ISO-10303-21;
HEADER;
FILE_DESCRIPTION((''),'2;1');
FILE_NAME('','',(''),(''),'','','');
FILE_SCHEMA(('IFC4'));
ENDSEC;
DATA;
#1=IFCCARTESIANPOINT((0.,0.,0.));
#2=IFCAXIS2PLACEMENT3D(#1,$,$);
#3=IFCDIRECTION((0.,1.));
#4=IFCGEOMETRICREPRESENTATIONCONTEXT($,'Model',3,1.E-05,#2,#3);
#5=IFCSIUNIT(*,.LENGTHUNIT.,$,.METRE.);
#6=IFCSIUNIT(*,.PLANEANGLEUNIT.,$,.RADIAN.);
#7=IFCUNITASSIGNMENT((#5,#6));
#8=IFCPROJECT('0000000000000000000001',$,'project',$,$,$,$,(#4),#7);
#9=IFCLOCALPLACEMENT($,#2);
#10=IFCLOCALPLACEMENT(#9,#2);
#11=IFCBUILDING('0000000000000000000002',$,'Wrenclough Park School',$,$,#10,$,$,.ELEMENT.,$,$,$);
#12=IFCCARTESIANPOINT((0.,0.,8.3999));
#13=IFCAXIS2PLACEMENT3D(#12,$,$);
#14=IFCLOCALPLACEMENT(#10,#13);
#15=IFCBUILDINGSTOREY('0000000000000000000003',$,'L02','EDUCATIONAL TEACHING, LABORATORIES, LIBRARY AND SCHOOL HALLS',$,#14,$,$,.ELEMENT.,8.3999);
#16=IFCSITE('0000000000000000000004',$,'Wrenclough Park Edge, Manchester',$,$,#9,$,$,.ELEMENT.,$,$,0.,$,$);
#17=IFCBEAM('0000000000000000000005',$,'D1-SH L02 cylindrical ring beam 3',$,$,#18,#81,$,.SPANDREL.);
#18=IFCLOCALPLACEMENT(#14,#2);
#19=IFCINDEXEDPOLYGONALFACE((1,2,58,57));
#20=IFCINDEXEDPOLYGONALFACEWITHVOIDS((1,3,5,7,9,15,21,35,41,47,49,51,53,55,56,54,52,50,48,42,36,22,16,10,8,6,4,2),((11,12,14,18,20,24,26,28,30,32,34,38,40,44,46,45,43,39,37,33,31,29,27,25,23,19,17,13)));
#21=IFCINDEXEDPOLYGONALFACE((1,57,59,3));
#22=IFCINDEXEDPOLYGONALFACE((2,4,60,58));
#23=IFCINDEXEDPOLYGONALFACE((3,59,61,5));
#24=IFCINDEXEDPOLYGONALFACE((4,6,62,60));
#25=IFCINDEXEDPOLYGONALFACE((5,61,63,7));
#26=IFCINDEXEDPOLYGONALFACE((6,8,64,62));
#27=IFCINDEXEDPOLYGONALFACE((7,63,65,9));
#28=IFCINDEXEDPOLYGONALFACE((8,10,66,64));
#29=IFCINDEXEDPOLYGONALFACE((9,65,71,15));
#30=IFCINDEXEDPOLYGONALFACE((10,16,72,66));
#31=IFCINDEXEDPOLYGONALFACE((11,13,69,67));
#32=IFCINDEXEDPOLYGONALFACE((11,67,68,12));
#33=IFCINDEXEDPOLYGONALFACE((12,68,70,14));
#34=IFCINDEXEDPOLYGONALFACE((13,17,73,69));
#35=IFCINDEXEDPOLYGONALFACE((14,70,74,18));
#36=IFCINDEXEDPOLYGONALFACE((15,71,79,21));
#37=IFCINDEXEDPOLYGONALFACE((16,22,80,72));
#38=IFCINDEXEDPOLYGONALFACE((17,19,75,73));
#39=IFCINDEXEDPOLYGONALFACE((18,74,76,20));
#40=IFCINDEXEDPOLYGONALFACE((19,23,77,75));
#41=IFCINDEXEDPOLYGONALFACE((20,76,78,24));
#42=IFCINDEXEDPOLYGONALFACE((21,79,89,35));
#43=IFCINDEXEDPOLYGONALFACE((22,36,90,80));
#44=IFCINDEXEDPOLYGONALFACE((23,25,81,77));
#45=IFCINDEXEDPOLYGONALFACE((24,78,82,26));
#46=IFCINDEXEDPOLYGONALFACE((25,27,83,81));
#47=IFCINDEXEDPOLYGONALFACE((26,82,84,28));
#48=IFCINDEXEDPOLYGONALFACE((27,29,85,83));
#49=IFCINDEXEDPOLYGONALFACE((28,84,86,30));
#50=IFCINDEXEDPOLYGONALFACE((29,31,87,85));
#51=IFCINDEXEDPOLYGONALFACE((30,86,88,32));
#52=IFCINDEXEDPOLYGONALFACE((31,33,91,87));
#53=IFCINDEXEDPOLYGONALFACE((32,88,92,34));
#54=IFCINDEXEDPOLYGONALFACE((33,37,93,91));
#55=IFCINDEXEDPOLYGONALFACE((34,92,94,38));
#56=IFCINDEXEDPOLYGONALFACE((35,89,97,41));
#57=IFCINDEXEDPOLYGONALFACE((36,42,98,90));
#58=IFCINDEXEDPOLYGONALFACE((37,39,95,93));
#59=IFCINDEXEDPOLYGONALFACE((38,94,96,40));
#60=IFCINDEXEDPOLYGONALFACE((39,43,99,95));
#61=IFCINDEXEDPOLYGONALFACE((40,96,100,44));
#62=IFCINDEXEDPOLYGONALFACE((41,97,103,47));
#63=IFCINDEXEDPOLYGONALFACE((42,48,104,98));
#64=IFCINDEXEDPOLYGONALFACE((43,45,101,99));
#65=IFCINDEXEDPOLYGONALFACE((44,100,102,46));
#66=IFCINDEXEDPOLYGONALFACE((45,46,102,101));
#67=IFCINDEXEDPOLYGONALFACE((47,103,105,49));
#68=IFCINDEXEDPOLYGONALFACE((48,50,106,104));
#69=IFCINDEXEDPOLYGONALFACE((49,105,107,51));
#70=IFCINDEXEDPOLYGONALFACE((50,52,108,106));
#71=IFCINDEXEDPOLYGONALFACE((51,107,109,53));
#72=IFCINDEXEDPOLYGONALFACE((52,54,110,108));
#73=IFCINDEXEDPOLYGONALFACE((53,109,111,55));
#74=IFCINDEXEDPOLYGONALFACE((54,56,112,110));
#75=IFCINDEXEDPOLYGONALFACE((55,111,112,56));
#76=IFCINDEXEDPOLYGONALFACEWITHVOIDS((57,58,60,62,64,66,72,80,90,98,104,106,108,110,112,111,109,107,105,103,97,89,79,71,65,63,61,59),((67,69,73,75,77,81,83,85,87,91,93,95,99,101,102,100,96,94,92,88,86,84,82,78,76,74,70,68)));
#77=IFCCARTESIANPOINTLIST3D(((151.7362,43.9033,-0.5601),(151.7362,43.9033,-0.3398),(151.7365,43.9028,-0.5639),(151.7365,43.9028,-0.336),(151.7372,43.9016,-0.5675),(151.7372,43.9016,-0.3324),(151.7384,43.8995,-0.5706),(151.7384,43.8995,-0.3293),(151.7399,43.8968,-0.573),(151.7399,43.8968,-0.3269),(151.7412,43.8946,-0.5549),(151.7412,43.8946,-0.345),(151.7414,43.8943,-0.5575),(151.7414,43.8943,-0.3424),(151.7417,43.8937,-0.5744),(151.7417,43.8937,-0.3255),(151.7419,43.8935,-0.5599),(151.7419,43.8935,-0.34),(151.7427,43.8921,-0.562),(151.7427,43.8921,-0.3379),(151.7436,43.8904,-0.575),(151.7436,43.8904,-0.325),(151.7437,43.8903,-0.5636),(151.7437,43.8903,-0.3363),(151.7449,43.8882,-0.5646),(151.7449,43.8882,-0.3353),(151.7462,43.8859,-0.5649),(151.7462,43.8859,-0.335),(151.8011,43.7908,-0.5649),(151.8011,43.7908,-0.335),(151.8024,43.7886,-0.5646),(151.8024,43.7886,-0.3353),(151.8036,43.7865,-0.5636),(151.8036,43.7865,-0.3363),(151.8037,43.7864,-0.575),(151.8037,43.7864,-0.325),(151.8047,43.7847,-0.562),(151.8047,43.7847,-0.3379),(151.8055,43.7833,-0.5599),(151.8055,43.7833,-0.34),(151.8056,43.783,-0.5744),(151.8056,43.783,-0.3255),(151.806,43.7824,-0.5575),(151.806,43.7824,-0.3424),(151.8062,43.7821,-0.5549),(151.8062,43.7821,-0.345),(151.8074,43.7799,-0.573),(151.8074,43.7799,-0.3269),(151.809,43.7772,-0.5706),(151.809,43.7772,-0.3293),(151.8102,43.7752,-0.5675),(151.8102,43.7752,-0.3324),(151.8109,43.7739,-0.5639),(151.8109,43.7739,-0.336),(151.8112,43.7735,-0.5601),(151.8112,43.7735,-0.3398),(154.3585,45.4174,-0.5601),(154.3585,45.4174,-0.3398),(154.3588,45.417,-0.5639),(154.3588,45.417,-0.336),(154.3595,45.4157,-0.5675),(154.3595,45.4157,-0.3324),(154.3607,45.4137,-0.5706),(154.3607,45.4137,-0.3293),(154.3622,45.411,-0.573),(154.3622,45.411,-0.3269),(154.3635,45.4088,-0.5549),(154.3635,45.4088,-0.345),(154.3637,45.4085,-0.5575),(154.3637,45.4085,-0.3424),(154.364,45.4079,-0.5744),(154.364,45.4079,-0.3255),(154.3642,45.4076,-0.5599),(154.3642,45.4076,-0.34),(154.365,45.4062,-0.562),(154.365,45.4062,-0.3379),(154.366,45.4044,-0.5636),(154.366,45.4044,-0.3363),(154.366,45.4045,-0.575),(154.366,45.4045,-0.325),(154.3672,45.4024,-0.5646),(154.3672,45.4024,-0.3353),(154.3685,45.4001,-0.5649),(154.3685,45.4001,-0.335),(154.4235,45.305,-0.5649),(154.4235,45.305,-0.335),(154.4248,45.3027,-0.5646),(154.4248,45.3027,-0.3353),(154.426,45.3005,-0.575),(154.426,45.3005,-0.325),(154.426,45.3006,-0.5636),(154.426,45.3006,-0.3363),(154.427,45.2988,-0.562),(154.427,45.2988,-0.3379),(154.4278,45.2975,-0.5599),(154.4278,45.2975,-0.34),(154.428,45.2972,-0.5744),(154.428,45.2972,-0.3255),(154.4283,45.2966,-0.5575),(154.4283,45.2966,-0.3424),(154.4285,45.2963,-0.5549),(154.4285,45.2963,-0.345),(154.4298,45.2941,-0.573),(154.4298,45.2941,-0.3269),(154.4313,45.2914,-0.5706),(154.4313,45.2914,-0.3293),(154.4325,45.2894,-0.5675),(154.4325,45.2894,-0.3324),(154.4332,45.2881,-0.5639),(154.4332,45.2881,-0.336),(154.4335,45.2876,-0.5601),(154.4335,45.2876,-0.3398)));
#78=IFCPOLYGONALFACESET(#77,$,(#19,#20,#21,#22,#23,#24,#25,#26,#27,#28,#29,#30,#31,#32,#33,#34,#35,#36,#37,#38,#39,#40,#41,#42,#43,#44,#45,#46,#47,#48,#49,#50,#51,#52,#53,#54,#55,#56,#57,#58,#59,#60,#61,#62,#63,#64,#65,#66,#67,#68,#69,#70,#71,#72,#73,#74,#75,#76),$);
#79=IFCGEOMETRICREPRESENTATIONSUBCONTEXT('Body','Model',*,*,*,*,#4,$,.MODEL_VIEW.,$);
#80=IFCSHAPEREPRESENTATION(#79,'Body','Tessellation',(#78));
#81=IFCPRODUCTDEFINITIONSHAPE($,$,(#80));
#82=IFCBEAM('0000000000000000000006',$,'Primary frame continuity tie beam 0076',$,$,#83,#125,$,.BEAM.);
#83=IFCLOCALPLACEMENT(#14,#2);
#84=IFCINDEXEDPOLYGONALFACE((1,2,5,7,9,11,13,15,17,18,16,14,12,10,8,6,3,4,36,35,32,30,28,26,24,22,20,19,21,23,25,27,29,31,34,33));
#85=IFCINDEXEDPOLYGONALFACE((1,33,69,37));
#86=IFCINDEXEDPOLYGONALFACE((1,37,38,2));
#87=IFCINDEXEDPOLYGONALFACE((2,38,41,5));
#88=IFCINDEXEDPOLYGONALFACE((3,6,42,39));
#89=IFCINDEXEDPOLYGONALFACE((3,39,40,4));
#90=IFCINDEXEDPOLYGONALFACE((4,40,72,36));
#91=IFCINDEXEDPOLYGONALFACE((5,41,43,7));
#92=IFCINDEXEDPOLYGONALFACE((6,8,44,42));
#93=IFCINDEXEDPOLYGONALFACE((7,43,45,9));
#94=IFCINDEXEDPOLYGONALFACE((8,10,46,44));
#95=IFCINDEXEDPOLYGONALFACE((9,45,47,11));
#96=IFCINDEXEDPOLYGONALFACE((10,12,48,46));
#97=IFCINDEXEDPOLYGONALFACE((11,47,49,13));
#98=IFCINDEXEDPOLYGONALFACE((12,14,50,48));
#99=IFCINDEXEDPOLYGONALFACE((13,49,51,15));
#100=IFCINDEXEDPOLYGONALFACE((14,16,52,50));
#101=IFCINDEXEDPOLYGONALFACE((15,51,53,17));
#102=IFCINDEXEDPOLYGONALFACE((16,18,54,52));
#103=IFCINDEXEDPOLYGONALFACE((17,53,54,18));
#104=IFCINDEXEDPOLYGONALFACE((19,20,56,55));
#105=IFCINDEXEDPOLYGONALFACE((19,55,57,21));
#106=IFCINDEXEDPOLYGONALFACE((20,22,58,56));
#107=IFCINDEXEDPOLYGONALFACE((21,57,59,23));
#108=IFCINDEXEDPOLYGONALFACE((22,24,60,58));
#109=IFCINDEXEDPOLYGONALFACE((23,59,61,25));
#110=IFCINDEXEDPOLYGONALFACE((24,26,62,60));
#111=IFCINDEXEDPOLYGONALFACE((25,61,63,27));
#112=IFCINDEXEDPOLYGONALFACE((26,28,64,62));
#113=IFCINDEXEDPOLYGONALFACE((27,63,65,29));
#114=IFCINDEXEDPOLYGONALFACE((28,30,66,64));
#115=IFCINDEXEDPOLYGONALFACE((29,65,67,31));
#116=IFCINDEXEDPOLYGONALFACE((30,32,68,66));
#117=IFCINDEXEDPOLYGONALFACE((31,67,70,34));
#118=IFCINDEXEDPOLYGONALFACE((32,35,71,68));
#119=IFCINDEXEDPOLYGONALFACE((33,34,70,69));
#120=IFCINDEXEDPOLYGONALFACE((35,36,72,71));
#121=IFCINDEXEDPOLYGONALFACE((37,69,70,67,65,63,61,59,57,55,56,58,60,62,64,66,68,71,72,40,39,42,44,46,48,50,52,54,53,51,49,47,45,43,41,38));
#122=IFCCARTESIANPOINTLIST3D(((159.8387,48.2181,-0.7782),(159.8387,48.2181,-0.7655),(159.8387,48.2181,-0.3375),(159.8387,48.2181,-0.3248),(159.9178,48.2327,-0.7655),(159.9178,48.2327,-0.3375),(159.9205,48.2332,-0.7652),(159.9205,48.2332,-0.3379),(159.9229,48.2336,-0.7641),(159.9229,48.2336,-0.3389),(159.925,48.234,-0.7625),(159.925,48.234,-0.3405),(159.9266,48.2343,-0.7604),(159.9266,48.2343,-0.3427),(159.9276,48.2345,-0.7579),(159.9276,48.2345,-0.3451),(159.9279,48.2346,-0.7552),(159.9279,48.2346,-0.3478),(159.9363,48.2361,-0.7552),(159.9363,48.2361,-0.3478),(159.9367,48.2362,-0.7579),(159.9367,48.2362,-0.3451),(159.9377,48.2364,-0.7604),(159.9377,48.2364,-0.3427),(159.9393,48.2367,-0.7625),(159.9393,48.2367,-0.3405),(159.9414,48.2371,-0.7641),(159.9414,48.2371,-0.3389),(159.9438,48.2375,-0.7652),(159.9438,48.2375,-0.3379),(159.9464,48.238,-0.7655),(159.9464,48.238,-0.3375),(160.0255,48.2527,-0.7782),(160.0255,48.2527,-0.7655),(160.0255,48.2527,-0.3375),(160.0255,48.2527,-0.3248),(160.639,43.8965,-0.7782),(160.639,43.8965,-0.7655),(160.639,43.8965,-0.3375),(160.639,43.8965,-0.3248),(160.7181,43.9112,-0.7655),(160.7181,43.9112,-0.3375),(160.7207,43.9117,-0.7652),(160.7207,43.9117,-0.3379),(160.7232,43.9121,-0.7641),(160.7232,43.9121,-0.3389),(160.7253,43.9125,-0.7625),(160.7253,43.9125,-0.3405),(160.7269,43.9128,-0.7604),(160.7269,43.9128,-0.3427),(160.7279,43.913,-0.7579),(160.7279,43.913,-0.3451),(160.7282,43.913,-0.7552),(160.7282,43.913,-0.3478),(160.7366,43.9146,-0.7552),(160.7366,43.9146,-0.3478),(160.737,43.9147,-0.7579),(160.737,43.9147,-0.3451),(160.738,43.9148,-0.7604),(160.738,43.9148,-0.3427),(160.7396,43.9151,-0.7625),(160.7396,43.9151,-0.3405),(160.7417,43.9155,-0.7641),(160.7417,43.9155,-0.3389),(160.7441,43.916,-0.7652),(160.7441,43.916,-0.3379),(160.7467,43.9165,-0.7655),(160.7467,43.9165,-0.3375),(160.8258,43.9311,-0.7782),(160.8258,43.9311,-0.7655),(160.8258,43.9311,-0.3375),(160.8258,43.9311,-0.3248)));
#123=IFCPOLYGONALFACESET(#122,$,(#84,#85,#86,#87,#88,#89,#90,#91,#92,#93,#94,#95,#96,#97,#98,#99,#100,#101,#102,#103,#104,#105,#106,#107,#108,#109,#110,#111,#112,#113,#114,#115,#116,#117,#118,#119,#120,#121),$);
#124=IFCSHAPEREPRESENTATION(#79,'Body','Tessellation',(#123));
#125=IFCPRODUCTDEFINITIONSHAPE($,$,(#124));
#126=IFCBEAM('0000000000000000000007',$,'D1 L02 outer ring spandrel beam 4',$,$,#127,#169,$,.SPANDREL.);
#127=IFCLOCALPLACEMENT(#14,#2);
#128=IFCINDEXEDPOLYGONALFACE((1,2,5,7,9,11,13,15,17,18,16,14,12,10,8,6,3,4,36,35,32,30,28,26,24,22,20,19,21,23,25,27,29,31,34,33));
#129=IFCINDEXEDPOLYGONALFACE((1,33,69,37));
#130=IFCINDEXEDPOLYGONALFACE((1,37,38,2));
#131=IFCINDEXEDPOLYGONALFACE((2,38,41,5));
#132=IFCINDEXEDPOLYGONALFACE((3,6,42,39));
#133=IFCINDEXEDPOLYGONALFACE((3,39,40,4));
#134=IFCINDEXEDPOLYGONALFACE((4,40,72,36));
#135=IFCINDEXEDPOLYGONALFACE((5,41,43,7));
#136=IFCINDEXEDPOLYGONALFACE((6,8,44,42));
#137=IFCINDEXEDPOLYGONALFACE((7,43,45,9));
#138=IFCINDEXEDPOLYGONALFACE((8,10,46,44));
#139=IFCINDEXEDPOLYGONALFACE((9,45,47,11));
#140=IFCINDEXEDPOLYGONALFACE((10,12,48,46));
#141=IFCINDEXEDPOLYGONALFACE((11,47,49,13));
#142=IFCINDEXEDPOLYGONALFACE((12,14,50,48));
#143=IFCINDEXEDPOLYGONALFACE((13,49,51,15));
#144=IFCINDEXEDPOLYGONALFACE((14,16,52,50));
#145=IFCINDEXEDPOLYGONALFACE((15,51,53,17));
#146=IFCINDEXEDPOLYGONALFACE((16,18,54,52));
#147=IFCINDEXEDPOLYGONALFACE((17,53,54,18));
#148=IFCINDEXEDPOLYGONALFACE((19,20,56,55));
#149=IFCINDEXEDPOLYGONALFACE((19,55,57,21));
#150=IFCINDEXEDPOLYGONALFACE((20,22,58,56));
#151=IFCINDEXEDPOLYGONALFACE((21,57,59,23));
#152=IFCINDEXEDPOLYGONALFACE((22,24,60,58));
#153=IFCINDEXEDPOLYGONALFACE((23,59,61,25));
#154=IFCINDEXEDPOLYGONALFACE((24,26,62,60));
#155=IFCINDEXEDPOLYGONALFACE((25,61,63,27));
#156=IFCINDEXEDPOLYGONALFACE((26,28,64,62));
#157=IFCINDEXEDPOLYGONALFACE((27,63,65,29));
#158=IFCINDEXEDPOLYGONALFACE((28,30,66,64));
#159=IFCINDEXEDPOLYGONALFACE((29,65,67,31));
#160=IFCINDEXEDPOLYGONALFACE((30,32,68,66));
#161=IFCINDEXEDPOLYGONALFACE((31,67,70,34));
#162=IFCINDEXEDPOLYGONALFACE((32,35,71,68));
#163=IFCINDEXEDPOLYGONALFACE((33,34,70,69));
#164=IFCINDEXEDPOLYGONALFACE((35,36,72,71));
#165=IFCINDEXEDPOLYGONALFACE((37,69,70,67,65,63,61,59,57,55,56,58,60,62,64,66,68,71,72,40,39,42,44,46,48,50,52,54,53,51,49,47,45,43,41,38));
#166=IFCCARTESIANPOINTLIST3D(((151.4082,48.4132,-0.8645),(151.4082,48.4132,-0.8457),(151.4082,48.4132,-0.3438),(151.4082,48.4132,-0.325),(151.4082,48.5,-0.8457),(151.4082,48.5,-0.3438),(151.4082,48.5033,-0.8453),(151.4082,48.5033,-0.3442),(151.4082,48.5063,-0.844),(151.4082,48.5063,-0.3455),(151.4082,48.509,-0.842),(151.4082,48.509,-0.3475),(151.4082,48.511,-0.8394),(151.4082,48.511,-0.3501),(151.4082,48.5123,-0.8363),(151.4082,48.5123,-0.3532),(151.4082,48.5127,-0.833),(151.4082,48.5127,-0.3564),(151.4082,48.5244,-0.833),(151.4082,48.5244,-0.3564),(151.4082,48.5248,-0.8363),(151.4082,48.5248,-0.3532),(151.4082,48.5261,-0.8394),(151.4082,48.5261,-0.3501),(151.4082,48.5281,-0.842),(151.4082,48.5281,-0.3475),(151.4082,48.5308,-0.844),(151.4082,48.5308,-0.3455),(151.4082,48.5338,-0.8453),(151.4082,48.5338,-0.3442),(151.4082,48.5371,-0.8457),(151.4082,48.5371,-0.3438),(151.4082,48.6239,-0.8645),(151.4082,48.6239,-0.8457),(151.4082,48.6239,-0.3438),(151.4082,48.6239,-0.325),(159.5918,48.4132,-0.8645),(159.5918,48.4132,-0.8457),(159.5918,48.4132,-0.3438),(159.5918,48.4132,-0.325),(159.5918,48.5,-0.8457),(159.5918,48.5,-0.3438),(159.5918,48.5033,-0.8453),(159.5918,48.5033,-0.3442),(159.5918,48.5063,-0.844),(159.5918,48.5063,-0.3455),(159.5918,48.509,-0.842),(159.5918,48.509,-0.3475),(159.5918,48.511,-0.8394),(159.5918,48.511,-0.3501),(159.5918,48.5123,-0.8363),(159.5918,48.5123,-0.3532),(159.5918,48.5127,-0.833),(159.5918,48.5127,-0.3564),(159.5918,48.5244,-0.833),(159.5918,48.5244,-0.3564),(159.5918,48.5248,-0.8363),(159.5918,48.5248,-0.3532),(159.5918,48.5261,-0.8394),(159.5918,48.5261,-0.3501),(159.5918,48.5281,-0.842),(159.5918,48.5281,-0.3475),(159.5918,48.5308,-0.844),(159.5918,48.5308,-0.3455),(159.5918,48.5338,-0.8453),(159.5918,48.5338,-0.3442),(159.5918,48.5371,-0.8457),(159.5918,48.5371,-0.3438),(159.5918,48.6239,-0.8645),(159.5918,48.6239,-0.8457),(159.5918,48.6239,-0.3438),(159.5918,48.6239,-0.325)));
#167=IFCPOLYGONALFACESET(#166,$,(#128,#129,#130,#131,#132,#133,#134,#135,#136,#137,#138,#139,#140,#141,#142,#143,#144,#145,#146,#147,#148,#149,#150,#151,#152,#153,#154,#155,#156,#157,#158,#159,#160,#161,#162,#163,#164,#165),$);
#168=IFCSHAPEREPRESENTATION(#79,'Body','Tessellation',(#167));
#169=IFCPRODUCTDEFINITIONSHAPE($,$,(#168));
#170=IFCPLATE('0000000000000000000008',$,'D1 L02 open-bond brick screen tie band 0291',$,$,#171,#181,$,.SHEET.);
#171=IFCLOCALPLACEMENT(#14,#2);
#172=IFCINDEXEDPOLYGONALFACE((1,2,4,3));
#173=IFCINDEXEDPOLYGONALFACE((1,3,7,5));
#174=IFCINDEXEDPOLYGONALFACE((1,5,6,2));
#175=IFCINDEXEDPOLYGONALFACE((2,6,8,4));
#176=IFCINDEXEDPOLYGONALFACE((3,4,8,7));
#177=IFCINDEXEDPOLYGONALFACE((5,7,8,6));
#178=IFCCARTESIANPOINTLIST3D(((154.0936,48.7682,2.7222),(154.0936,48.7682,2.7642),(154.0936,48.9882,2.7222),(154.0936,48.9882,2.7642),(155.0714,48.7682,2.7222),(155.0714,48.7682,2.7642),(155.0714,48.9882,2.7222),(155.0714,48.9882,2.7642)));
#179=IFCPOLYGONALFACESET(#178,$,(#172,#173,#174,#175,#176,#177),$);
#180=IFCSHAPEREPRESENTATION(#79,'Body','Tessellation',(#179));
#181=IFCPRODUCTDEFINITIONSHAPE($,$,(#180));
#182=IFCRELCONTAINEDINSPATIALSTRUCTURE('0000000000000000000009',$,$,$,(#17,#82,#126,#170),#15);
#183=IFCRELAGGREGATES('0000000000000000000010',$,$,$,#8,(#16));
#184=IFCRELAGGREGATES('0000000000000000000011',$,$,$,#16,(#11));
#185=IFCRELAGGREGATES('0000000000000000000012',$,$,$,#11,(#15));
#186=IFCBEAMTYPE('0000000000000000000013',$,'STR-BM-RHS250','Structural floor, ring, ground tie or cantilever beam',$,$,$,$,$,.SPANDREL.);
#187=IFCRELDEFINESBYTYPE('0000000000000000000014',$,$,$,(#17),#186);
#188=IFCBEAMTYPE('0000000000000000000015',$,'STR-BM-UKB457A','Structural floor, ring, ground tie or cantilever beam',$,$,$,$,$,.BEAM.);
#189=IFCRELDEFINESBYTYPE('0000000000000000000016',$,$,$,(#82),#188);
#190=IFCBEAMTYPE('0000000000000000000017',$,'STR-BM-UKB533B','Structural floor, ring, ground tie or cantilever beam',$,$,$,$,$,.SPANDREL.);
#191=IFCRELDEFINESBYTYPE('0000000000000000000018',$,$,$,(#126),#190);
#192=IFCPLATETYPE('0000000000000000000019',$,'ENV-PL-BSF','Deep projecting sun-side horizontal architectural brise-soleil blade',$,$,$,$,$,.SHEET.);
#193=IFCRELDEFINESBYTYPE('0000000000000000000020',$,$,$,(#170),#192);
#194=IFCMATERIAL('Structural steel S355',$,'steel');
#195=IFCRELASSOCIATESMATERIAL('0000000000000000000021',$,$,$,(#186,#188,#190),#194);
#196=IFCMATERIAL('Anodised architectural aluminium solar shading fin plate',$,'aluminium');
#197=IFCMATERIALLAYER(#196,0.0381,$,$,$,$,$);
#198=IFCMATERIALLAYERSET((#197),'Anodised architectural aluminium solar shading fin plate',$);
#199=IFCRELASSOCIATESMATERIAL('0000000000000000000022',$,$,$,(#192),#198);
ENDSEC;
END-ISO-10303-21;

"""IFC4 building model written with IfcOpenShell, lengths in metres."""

from ifc_helpers import new_model, si_unit, direction, frame, origin, origin_2d, place, context, subcontext, project, spatial, rectangle, hollow_rectangle, i_section, extrude, material, layer, layer_set, material_profile, profile_set, type_object, element, save


model = new_model("IFC4")

# Units and contexts
model_context = context("Model", 3, precision=1e-05, world=origin(), true_north=direction((0.0, 1.0)))
body_context = subcontext(model_context, "Body", "Model", "MODEL_VIEW")
ifc_project = project(units=[si_unit("LENGTHUNIT", "METRE"), si_unit("PLANEANGLEUNIT", "RADIAN")], contexts=[model_context])

# Site, building, storey
site_placement = place(None, origin())
site = spatial("IfcSite", under=ifc_project, at=site_placement, Name="Wrenclough Park Edge, Manchester", CompositionType="ELEMENT", RefElevation=0.0)
building_placement = place(site_placement, origin())
building = spatial("IfcBuilding", under=site, at=building_placement, Name="Wrenclough Park School", CompositionType="ELEMENT")
storey_placement = place(building_placement, frame((0.0, 0.0, 8.3999)))
storey = spatial("IfcBuildingStorey", under=building, at=storey_placement, Name="L02", Description="EDUCATIONAL TEACHING, LABORATORIES, LIBRARY AND SCHOOL HALLS", CompositionType="ELEMENT", Elevation=8.3999)

# Shared definitions
ifc_material_1 = material(Name="Structural steel S355", Category="steel")

# Beams
ifc_material_profile_1 = material_profile(ifc_material_1, hollow_rectangle(XDim=0.1499, YDim=0.25, WallThickness=0.01, InnerFilletRadius=0.01, OuterFilletRadius=0.0149, at=origin_2d()), Name="RHS 250x150x10.0")
ifc_profile_set_1 = profile_set([ifc_material_profile_1], Name="Structural steel S355")
beam_type_1 = type_object("IfcBeamType", Name="STR-BM-RHS250", Description="Structural floor, ring, ground tie or cantilever beam", PredefinedType="SPANDREL", material=ifc_profile_set_1)
beam_1_placement = place(storey_placement, frame((154.396, 45.3525, -0.45), z_axis=(-0.866002, -0.500041, 0.0), x_axis=(0.500041, -0.866002, 0.0)))
element("IfcBeam", 1, at=beam_1_placement, inside=storey, type_object=beam_type_1, Name="D1-SH L02 cylindrical ring beam 3", PredefinedType="SPANDREL", context=body_context, shape_type="SweptSolid", body=[
    extrude(hollow_rectangle(XDim=0.1499, YDim=0.25, WallThickness=0.01, InnerFilletRadius=0.01, OuterFilletRadius=0.0149, at=origin_2d()), origin(), (0.0, 0.0, 1.0), 3.0281),
])
ifc_material_profile_2 = material_profile(ifc_material_1, i_section(OverallWidth=0.1899, OverallDepth=0.4534, WebThickness=0.0085, FlangeThickness=0.0127, FilletRadius=0.0103, at=origin_2d()), Name="UKB 457x191x67")
ifc_profile_set_2 = profile_set([ifc_material_profile_2], Name="Structural steel S355")
beam_type_2 = type_object("IfcBeamType", Name="STR-BM-UKB457A", Description="Structural floor, ring, ground tie or cantilever beam", PredefinedType="BEAM", material=ifc_profile_set_2)
beam_2_placement = place(storey_placement, frame((160.7324, 43.9138, -0.5515), z_axis=(-0.182091, 0.983282, 0.0), x_axis=(-0.983282, -0.182091, 0.0)))
element("IfcBeam", 2, at=beam_2_placement, inside=storey, type_object=beam_type_2, Name="Primary frame continuity tie beam 0076", PredefinedType="BEAM", context=body_context, shape_type="SweptSolid", body=[
    extrude(i_section(OverallWidth=0.1899, OverallDepth=0.4534, WebThickness=0.0085, FlangeThickness=0.0127, FilletRadius=0.0103, at=origin_2d()), origin(), (0.0, 0.0, 1.0), 4.395),
])
ifc_material_profile_3 = material_profile(ifc_material_1, i_section(OverallWidth=0.2107, OverallDepth=0.5396, WebThickness=0.0117, FlangeThickness=0.0188, FilletRadius=0.0127, at=origin_2d()), Name="UKB 533x210x109")
ifc_profile_set_3 = profile_set([ifc_material_profile_3], Name="Structural steel S355")
beam_type_3 = type_object("IfcBeamType", Name="STR-BM-UKB533B", Description="Structural floor, ring, ground tie or cantilever beam", PredefinedType="SPANDREL", material=ifc_profile_set_3)
beam_3_placement = place(storey_placement, frame((159.5918, 48.5186, -0.5947), z_axis=(-1.0, 0.0, 0.0), x_axis=(0.0, -1.0, 0.0)))
element("IfcBeam", 3, at=beam_3_placement, inside=storey, type_object=beam_type_3, Name="D1 L02 outer ring spandrel beam 4", PredefinedType="SPANDREL", context=body_context, shape_type="SweptSolid", body=[
    extrude(i_section(OverallWidth=0.2107, OverallDepth=0.5396, WebThickness=0.0117, FlangeThickness=0.0188, FilletRadius=0.0127, at=origin_2d()), origin(), (0.0, 0.0, 1.0), 8.1836),
])

# Plate
ifc_material_2 = material(Name="Anodised architectural aluminium solar shading fin plate", Category="aluminium")
ifc_layer_1 = layer(ifc_material_2, 0.0381)
ifc_layer_set_1 = layer_set([ifc_layer_1], Name="Anodised architectural aluminium solar shading fin plate")
plate_type = type_object("IfcPlateType", Name="ENV-PL-BSF", Description="Deep projecting sun-side horizontal architectural brise-soleil blade", PredefinedType="SHEET", material=ifc_layer_set_1)
plate_placement = place(storey_placement, frame((154.5825, 48.8782, 2.7222), z_axis=(0.0, 0.0, 1.0), x_axis=(-1.0, 0.0, 0.0)))
element("IfcPlate", 4, at=plate_placement, inside=storey, type_object=plate_type, Name="D1 L02 open-bond brick screen tie band 0291", PredefinedType="SHEET", context=body_context, shape_type="SweptSolid", body=[
    extrude(rectangle(XDim=0.9778, YDim=0.22, at=origin_2d()), origin(), (0.0, 0.0, 1.0), 0.042),
])

save(model, "model.ifc")
